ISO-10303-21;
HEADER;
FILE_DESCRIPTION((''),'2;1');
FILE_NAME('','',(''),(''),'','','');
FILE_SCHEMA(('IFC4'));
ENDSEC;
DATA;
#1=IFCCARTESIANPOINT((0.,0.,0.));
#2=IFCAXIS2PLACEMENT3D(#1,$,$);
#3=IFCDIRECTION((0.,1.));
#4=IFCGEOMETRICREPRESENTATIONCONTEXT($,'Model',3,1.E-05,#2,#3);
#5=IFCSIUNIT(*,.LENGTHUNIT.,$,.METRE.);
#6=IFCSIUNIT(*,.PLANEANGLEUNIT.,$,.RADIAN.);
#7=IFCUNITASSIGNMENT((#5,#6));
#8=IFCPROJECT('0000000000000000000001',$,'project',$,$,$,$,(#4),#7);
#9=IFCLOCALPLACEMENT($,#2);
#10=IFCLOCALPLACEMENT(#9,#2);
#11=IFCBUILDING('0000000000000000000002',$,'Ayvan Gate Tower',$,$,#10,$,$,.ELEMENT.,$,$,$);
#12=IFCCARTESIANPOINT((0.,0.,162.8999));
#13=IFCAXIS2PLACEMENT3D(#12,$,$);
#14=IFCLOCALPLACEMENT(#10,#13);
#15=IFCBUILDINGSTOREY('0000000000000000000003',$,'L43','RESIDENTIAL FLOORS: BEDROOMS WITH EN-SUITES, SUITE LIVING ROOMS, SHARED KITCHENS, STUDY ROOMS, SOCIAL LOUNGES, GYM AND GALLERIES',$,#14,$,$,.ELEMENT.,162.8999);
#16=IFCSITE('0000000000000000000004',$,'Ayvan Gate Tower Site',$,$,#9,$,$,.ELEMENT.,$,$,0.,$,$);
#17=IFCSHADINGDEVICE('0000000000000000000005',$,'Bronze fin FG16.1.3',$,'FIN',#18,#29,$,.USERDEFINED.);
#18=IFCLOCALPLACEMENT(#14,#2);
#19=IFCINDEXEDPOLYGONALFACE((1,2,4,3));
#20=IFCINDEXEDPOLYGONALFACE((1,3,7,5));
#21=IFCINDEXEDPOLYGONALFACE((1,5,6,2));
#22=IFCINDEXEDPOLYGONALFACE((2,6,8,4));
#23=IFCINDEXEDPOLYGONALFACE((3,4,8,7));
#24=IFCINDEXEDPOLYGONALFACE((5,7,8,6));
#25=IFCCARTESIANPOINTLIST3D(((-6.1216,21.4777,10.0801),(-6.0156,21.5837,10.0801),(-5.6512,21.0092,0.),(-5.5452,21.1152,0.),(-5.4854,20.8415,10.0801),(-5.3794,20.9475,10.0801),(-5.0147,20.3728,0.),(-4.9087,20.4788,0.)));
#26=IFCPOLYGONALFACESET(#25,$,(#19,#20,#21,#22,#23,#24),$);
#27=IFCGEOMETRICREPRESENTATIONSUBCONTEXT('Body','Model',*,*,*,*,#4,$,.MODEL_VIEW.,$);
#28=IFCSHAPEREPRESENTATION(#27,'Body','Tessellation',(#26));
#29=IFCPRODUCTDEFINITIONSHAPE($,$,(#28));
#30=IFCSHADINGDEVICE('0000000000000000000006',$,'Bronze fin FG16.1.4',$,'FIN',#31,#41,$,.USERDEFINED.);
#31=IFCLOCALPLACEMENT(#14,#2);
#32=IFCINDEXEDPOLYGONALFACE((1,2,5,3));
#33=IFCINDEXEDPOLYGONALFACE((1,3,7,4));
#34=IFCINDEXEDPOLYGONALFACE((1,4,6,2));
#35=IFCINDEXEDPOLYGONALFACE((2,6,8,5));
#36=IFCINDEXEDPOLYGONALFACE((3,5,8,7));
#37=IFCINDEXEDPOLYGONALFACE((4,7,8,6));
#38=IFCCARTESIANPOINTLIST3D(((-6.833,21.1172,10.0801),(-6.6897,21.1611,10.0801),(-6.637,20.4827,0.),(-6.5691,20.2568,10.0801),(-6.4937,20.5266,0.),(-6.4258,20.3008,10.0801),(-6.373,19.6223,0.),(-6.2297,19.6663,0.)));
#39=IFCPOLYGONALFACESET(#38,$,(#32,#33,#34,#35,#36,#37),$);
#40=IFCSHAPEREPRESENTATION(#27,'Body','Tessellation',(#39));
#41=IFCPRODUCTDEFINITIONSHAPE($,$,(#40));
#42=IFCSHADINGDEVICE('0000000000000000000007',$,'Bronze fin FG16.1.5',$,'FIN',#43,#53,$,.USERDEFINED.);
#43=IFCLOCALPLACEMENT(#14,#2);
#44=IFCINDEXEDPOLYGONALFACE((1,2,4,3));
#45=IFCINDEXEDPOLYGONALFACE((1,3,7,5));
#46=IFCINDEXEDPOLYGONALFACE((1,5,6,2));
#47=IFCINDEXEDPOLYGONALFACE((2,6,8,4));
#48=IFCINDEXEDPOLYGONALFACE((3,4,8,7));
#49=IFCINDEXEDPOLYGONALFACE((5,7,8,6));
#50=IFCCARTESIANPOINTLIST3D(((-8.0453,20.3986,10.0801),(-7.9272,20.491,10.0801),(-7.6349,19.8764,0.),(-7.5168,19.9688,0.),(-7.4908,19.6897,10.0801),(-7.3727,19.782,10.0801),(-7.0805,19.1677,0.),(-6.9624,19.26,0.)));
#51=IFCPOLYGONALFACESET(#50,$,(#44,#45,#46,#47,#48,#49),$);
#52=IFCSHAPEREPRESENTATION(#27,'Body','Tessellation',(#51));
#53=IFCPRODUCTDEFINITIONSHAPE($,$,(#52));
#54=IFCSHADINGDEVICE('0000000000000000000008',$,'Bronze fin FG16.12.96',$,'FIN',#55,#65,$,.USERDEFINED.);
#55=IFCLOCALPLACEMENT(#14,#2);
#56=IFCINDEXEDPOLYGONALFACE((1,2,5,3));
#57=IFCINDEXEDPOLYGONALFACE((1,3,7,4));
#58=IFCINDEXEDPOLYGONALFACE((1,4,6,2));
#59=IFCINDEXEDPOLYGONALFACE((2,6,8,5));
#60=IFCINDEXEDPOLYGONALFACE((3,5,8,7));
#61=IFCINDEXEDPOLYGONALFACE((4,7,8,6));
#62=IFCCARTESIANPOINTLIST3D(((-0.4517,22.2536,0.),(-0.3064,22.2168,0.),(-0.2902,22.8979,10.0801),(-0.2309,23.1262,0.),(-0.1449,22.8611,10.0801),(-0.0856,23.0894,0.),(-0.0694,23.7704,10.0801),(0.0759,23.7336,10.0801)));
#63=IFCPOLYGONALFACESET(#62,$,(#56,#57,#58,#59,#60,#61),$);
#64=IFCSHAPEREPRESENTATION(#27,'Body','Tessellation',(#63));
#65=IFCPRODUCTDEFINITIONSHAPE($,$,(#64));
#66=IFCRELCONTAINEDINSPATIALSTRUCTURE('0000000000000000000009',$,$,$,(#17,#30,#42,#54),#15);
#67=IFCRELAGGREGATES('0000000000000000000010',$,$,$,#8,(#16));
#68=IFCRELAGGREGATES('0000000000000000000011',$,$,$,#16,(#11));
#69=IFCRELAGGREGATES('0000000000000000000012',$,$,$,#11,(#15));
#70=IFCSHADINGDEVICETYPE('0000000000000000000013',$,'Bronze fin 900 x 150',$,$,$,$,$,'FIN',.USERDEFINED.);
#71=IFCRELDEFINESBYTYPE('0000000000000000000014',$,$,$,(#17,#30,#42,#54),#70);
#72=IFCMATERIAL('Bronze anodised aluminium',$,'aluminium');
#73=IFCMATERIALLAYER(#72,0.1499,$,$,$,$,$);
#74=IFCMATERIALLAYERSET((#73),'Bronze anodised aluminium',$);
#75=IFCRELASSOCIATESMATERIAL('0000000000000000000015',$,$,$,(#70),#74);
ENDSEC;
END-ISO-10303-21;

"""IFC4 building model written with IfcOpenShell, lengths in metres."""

from ifc_helpers import new_model, si_unit, direction, frame, origin, place, context, subcontext, project, spatial, polyline, outline, extrude, material, layer, layer_set, type_object, element, save


model = new_model("IFC4")

# Units and contexts
model_context = context("Model", 3, precision=1e-05, world=origin(), true_north=direction((0.0, 1.0)))
body_context = subcontext(model_context, "Body", "Model", "MODEL_VIEW")
ifc_project = project(units=[si_unit("LENGTHUNIT", "METRE"), si_unit("PLANEANGLEUNIT", "RADIAN")], contexts=[model_context])

# Site, building, storey
site_placement = place(None, origin())
site = spatial("IfcSite", under=ifc_project, at=site_placement, Name="Ayvan Gate Tower Site", CompositionType="ELEMENT", RefElevation=0.0)
building_placement = place(site_placement, origin())
building = spatial("IfcBuilding", under=site, at=building_placement, Name="Ayvan Gate Tower", CompositionType="ELEMENT")
storey_placement = place(building_placement, frame((0.0, 0.0, 162.8999)))
storey = spatial("IfcBuildingStorey", under=building, at=storey_placement, Name="L43", Description="RESIDENTIAL FLOORS: BEDROOMS WITH EN-SUITES, SUITE LIVING ROOMS, SHARED KITCHENS, STUDY ROOMS, SOCIAL LOUNGES, GYM AND GALLERIES", CompositionType="ELEMENT", Elevation=162.8999)

# Shared definitions
ifc_material_1 = material(Name="Bronze anodised aluminium", Category="aluminium")

# Shading devices
ifc_layer_1 = layer(ifc_material_1, 0.1499)
ifc_layer_set_1 = layer_set([ifc_layer_1], Name="Bronze anodised aluminium")
shading_device_type = type_object("IfcShadingDeviceType", Name="Bronze fin 900 x 150", ElementType="FIN", PredefinedType="USERDEFINED", material=ifc_layer_set_1)
shading_device_1_placement = place(storey_placement, frame((-4.9087, 20.4788, 0.0), z_axis=(0.707107, 0.707107, 0.000137), x_axis=(-0.707107, 0.707107, 0.0)))
element("IfcShadingDevice", 1, at=shading_device_1_placement, inside=storey, type_object=shading_device_type, Name="Bronze fin FG16.1.3", ObjectType="FIN", PredefinedType="USERDEFINED", context=body_context, shape_type="SweptSolid", body=[
    extrude(outline(polyline([(0.0, 0.0), (0.9001, 0.0), (1.5641, 10.0801), (0.6643, 10.0801), (0.0, 0.0)])), origin(), (0.0, 0.0, -1.0), 0.1499),
])
shading_device_2_placement = place(storey_placement, frame((-6.2297, 19.6663, 0.0), z_axis=(0.956031, 0.293266, 0.000133), x_axis=(-0.293266, 0.956031, 0.0)))
element("IfcShadingDevice", 2, at=shading_device_2_placement, inside=storey, type_object=shading_device_type, Name="Bronze fin FG16.1.4", ObjectType="FIN", PredefinedType="USERDEFINED", context=body_context, shape_type="SweptSolid", body=[
    extrude(outline(polyline([(0.0, 0.0), (0.8999, 0.0), (1.564, 10.0801), (0.6641, 10.0801), (0.0, 0.0)])), origin(), (0.0, 0.0, -1.0), 0.1499),
])
shading_device_3_placement = place(storey_placement, frame((-6.9624, 19.26, 0.0), z_axis=(0.787677, 0.616089, 0.000159), x_axis=(-0.616089, 0.787677, 0.0)))
element("IfcShadingDevice", 3, at=shading_device_3_placement, inside=storey, type_object=shading_device_type, Name="Bronze fin FG16.1.5", ObjectType="FIN", PredefinedType="USERDEFINED", context=body_context, shape_type="SweptSolid", body=[
    extrude(outline(polyline([(0.0, 0.0), (0.8998, 0.0), (1.564, 10.0801), (0.664, 10.0801), (0.0, 0.0)])), origin(), (0.0, 0.0, -1.0), 0.1499),
])
shading_device_4_placement = place(storey_placement, frame((-0.3064, 22.2168, 0.0), z_axis=(0.969436, -0.245343, 0.00015), x_axis=(0.245343, 0.969436, 0.0)))
element("IfcShadingDevice", 4, at=shading_device_4_placement, inside=storey, type_object=shading_device_type, Name="Bronze fin FG16.12.96", ObjectType="FIN", PredefinedType="USERDEFINED", context=body_context, shape_type="SweptSolid", body=[
    extrude(outline(polyline([(0.0, 0.0), (0.9001, 0.0), (1.5643, 10.0801), (0.6642, 10.0801), (0.0, 0.0)])), origin(), (0.0, 0.0, -1.0), 0.1499),
])

save(model, "model.ifc")
